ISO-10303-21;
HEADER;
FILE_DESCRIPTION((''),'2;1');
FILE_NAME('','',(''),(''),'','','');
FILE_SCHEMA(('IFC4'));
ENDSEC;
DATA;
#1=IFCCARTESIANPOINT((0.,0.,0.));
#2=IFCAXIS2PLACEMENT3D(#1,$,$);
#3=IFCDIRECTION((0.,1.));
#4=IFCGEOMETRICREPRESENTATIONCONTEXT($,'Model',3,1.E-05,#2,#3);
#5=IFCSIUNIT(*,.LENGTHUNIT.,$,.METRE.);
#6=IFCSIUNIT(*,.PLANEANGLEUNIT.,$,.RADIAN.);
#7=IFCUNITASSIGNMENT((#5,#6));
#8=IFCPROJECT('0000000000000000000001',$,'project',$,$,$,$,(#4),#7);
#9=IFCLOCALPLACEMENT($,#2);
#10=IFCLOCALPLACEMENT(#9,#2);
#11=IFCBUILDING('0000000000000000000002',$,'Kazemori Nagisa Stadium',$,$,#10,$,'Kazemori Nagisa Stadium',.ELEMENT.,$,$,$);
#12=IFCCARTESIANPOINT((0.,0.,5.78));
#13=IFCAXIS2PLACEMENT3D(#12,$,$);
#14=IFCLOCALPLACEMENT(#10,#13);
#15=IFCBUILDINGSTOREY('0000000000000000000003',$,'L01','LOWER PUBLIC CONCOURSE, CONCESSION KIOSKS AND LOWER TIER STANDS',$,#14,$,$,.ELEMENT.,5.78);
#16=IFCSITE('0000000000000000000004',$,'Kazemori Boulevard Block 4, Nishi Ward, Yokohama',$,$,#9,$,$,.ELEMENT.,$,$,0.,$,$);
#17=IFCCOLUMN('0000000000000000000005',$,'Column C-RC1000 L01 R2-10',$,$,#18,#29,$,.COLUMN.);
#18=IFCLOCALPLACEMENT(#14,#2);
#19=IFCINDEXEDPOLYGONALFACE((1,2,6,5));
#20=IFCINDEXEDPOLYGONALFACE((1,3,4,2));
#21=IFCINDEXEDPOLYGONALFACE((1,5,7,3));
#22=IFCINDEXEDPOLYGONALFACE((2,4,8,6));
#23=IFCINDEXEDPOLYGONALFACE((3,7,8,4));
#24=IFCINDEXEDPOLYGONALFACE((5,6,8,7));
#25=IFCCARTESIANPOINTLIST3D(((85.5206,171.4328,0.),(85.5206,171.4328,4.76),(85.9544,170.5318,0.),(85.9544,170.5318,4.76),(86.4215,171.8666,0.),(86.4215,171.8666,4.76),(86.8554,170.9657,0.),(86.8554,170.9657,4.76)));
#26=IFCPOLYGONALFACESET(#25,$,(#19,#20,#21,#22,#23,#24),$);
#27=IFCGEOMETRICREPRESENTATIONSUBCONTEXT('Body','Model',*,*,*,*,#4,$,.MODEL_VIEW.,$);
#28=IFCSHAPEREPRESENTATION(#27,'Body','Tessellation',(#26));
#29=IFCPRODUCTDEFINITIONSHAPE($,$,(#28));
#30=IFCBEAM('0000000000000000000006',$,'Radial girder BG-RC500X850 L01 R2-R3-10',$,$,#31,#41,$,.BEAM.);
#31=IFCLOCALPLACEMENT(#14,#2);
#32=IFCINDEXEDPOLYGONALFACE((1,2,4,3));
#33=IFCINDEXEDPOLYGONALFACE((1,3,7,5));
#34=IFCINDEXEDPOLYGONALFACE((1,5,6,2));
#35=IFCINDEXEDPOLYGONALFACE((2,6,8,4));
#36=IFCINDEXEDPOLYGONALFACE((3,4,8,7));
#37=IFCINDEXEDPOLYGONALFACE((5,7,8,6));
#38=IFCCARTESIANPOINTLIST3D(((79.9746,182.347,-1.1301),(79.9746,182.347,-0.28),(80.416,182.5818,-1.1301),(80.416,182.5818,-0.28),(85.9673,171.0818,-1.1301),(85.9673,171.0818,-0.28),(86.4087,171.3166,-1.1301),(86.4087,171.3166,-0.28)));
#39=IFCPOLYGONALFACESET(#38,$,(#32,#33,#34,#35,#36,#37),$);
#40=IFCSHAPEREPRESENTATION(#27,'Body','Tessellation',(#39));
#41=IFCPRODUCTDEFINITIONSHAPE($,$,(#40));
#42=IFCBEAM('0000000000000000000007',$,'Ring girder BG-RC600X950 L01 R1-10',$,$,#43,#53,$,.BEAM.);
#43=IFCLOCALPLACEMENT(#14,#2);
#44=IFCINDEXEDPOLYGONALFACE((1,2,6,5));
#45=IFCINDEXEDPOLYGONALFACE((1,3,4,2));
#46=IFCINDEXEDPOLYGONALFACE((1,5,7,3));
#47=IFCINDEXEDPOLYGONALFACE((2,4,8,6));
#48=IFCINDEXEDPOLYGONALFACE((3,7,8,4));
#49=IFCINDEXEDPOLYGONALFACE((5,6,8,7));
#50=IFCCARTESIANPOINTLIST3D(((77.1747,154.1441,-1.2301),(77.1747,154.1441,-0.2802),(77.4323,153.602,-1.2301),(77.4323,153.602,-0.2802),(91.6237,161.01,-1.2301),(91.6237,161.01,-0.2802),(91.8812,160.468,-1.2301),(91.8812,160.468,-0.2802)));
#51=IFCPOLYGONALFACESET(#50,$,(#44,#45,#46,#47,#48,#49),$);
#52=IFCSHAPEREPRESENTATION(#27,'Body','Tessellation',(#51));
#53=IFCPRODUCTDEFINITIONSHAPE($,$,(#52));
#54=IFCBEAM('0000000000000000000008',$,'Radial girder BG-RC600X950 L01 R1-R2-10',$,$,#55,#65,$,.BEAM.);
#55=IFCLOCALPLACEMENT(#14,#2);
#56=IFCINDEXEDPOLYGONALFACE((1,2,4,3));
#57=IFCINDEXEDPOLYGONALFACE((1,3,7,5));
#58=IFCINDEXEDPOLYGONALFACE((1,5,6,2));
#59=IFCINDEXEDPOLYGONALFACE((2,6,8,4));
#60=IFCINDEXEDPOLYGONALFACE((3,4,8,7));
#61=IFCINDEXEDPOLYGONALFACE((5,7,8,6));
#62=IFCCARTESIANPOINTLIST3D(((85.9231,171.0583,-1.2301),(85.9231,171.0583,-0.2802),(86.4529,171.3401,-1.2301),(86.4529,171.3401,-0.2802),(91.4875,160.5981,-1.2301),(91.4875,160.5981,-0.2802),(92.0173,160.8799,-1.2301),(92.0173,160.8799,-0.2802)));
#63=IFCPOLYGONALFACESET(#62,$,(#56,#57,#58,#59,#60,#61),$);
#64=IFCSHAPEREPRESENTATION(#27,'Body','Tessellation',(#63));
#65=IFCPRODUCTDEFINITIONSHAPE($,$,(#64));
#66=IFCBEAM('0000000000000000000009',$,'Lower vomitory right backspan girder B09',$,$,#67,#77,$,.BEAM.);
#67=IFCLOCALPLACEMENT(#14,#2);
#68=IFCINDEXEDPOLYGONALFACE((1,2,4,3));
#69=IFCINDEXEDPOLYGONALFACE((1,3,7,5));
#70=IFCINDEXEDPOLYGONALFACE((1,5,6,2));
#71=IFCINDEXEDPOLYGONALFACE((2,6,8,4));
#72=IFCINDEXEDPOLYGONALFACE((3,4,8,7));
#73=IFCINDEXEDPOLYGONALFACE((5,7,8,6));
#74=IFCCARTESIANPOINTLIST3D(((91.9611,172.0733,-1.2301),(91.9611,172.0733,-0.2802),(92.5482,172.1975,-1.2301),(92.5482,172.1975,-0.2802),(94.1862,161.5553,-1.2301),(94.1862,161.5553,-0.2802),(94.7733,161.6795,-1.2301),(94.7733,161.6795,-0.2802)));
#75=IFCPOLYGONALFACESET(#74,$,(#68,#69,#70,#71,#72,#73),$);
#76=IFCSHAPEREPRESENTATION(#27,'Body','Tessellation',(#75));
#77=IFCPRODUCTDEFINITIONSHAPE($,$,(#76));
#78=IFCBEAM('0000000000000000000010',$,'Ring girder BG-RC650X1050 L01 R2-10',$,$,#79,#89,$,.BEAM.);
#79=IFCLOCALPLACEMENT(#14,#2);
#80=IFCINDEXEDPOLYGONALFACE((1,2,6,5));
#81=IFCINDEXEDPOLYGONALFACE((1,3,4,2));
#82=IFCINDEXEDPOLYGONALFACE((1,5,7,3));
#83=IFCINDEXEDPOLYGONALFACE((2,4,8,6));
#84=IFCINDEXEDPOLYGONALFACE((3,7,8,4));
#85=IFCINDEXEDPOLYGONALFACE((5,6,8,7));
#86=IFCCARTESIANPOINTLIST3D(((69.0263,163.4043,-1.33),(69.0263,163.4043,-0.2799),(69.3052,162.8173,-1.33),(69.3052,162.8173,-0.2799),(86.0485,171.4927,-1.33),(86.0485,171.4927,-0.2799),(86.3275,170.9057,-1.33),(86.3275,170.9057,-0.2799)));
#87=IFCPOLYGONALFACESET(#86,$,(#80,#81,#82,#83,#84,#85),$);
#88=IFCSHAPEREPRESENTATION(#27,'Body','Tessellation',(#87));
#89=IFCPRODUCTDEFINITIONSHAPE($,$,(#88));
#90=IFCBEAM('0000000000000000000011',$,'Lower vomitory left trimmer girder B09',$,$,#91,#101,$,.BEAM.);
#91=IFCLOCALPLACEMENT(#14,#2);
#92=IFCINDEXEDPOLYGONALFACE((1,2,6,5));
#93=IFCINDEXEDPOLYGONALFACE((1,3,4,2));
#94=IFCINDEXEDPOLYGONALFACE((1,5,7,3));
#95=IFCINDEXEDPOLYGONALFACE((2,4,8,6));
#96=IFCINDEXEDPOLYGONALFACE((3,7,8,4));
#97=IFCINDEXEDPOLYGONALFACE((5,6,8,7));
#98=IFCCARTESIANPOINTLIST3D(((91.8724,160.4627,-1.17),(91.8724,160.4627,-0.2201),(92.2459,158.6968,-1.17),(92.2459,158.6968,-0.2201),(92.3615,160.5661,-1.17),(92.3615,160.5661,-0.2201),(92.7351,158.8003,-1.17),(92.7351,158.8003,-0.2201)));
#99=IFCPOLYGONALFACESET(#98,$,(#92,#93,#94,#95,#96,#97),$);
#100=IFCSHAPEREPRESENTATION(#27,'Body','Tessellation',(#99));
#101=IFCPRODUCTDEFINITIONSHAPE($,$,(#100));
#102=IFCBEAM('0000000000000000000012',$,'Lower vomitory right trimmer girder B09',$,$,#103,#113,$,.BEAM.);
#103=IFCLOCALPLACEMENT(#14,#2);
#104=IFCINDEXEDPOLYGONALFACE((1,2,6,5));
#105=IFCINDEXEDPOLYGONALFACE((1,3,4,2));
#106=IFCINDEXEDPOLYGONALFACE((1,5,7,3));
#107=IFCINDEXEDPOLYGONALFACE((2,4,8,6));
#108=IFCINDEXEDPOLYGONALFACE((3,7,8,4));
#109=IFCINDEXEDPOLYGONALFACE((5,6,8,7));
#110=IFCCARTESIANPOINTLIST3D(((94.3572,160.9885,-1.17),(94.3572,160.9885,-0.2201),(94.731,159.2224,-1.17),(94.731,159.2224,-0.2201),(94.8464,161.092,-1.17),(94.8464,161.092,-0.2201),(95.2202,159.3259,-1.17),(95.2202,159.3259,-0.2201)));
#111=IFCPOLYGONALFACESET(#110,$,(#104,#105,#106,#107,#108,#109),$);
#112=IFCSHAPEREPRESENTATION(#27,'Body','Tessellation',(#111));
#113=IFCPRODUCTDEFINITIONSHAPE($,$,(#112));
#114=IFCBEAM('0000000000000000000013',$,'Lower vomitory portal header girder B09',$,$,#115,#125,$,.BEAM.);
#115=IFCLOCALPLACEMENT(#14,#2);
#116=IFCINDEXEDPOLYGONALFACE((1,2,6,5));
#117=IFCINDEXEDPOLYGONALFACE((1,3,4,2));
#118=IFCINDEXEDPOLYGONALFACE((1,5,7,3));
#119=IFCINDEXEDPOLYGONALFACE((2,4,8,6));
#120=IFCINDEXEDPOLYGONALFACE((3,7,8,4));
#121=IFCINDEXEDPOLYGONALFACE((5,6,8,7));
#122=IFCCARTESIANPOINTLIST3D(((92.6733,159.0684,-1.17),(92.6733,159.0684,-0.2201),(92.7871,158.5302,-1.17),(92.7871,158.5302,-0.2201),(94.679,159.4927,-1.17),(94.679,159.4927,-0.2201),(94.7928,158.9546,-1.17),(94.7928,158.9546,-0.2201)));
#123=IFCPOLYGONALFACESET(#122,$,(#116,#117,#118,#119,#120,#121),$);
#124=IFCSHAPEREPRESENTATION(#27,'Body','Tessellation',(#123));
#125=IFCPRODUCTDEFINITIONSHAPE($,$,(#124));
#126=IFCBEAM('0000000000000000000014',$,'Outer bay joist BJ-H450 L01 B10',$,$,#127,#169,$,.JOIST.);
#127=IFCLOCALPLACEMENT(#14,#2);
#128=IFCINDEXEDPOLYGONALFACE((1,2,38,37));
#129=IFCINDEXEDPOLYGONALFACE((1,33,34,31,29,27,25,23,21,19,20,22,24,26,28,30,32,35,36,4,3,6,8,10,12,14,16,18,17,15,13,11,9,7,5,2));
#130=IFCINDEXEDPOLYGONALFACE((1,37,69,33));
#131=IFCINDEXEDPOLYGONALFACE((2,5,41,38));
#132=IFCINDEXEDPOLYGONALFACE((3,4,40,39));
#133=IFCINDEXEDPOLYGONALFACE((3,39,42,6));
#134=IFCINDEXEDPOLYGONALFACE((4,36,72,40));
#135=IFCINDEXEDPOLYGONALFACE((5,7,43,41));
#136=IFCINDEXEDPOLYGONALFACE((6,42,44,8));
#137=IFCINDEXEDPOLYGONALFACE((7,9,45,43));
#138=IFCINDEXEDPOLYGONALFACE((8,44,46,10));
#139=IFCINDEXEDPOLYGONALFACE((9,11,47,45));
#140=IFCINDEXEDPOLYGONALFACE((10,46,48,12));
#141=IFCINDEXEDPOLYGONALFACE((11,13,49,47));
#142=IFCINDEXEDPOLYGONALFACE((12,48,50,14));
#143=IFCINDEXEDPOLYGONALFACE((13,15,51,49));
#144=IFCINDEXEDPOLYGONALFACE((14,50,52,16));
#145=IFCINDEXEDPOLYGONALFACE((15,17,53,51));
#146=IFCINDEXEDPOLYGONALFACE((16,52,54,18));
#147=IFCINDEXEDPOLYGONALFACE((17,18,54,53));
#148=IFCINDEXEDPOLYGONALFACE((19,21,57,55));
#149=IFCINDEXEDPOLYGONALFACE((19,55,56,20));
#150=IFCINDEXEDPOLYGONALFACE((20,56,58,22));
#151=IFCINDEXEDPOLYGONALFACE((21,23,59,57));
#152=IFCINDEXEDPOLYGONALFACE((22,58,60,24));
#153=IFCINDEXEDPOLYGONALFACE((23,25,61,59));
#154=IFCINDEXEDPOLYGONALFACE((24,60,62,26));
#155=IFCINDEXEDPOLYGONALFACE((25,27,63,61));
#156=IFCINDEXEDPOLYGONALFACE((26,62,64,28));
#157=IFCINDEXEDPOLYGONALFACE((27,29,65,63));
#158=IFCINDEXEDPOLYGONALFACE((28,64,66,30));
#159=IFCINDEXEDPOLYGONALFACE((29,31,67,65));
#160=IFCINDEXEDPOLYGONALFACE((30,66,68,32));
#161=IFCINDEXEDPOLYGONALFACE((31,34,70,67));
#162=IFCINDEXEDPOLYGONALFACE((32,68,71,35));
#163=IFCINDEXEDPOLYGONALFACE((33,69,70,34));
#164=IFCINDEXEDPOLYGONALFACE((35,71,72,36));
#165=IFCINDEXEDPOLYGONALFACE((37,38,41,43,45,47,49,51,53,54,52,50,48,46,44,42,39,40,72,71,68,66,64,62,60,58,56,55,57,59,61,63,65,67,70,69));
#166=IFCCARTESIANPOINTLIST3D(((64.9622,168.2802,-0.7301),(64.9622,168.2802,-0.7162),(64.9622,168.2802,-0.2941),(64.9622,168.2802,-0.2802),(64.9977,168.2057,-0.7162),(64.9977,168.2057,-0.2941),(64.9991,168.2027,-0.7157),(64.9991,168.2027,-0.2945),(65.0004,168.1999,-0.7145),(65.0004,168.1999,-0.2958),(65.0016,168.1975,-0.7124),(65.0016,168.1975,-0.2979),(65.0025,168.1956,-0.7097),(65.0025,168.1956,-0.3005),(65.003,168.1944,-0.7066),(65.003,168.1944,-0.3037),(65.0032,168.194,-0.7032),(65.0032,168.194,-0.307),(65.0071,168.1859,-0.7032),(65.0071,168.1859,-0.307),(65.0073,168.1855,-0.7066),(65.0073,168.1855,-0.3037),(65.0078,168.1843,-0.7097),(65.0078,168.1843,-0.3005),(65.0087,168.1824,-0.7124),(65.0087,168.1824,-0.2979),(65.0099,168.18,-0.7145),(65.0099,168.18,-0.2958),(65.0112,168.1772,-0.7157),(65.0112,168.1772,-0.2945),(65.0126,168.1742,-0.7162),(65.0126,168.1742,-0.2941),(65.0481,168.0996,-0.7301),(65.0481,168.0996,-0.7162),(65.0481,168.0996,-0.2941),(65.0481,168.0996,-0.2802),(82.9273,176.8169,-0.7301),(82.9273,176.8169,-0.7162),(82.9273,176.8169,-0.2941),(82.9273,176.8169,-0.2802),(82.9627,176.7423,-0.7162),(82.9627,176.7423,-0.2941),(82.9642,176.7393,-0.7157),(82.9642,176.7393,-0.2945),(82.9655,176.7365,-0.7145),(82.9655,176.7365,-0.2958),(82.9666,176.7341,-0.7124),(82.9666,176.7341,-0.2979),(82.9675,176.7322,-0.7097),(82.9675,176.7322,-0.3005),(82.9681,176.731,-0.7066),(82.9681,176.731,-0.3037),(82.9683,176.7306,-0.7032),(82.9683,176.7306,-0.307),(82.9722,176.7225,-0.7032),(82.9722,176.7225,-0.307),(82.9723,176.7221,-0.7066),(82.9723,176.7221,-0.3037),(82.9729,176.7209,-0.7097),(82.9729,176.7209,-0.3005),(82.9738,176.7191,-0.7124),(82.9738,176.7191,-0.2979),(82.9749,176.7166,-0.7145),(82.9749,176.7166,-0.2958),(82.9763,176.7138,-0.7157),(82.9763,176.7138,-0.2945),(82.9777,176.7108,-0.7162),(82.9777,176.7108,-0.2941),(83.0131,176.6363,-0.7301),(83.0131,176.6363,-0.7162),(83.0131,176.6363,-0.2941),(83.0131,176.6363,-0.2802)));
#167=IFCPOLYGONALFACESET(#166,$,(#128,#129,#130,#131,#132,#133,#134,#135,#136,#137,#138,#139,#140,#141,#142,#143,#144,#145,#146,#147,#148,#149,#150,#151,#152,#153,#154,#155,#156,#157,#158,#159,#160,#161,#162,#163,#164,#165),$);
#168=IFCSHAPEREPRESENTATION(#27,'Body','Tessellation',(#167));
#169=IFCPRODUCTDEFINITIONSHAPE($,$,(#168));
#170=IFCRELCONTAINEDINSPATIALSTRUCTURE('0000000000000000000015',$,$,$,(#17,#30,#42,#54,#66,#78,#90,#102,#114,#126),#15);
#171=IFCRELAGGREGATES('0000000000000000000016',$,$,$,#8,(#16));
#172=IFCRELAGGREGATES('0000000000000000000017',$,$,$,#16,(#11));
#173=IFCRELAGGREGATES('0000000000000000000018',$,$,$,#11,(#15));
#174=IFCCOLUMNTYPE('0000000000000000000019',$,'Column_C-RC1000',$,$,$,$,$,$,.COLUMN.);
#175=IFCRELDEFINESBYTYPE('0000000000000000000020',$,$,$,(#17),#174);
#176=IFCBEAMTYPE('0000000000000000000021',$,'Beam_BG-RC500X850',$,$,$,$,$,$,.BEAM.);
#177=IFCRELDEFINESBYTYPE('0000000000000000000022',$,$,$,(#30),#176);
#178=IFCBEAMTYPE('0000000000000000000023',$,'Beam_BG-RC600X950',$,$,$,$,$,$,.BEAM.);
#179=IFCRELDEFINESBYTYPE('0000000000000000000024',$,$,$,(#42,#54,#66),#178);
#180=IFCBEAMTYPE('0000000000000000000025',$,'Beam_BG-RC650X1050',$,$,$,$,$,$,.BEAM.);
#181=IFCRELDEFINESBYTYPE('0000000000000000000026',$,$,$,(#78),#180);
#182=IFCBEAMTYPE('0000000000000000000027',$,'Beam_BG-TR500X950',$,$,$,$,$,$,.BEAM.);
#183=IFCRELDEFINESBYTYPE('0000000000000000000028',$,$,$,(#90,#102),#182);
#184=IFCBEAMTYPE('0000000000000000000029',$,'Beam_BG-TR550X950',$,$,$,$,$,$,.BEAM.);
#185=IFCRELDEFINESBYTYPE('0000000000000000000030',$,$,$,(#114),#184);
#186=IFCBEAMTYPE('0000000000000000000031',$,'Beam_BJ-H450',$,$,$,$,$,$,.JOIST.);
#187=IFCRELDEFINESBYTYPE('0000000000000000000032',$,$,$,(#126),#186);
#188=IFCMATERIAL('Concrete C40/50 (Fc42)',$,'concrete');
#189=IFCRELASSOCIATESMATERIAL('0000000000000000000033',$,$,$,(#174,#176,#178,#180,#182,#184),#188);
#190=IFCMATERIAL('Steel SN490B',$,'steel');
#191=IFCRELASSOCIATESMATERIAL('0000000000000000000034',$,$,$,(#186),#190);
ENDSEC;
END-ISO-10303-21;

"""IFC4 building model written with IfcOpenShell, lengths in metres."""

from ifc_helpers import new_model, si_unit, direction, frame, origin, origin_2d, place, context, subcontext, project, spatial, rectangle, i_section, extrude, material, material_profile, profile_set, type_object, element, save


model = new_model("IFC4")

# Units and contexts
model_context = context("Model", 3, precision=1e-05, world=origin(), true_north=direction((0.0, 1.0)))
body_context = subcontext(model_context, "Body", "Model", "MODEL_VIEW")
ifc_project = project(units=[si_unit("LENGTHUNIT", "METRE"), si_unit("PLANEANGLEUNIT", "RADIAN")], contexts=[model_context])

# Site, building, storey
site_placement = place(None, origin())
site = spatial("IfcSite", under=ifc_project, at=site_placement, Name="Kazemori Boulevard Block 4, Nishi Ward, Yokohama", CompositionType="ELEMENT", RefElevation=0.0)
building_placement = place(site_placement, origin())
building = spatial("IfcBuilding", under=site, at=building_placement, Name="Kazemori Nagisa Stadium", LongName="Kazemori Nagisa Stadium", CompositionType="ELEMENT")
storey_placement = place(building_placement, frame((0.0, 0.0, 5.78)))
storey = spatial("IfcBuildingStorey", under=building, at=storey_placement, Name="L01", Description="LOWER PUBLIC CONCOURSE, CONCESSION KIOSKS AND LOWER TIER STANDS", CompositionType="ELEMENT", Elevation=5.78)

# Column
ifc_material_1 = material(Name="Concrete C40/50 (Fc42)", Category="concrete")
ifc_material_profile_1 = material_profile(ifc_material_1, rectangle(XDim=1.0, YDim=1.0, at=origin_2d()), Name="RC-COL-1000x1000")
ifc_profile_set_1 = profile_set([ifc_material_profile_1], Name="Concrete C40/50 (Fc42)")
column_type_1 = type_object("IfcColumnType", Name="Column_C-RC1000", PredefinedType="COLUMN", material=ifc_profile_set_1)
column_1_placement = place(storey_placement, frame((86.188, 171.1992, 0.0), z_axis=(0.0, 0.0, 1.0), x_axis=(-0.433884, 0.900969, 0.0)))
element("IfcColumn", 1, at=column_1_placement, inside=storey, type_object=column_type_1, Name="Column C-RC1000 L01 R2-10", PredefinedType="COLUMN", context=body_context, shape_type="SweptSolid", body=[
    extrude(rectangle(XDim=1.0, YDim=1.0, at=origin_2d()), origin(), (0.0, 0.0, 1.0), 4.76),
])

# Beams
ifc_material_profile_2 = material_profile(ifc_material_1, rectangle(XDim=0.5, YDim=0.8501, at=origin_2d()), Name="RC-BM-500x850")
ifc_profile_set_2 = profile_set([ifc_material_profile_2], Name="Concrete C40/50 (Fc42)")
beam_type_1 = type_object("IfcBeamType", Name="Beam_BG-RC500X850", PredefinedType="BEAM", material=ifc_profile_set_2)
beam_1_placement = place(storey_placement, frame((86.188, 171.1992, -0.7051), z_axis=(-0.469649, 0.882853, 0.0), x_axis=(-0.882853, -0.469649, 0.0)))
element("IfcBeam", 2, at=beam_1_placement, inside=storey, type_object=beam_type_1, Name="Radial girder BG-RC500X850 L01 R2-R3-10", PredefinedType="BEAM", context=body_context, shape_type="SweptSolid", body=[
    extrude(rectangle(XDim=0.5, YDim=0.8501, at=origin_2d()), origin(), (0.0, 0.0, 1.0), 12.76),
])
ifc_material_profile_3 = material_profile(ifc_material_1, rectangle(XDim=0.6001, YDim=0.95, at=origin_2d()), Name="RC-BM-600x950")
ifc_profile_set_3 = profile_set([ifc_material_profile_3], Name="Concrete C40/50 (Fc42)")
beam_type_2 = type_object("IfcBeamType", Name="Beam_BG-RC600X950", PredefinedType="BEAM", material=ifc_profile_set_3)
beam_2_placement = place(storey_placement, frame((91.7524, 160.739, -0.7551), z_axis=(-0.903212, -0.429195, 0.0), x_axis=(0.429195, -0.903212, 0.0)))
element("IfcBeam", 3, at=beam_2_placement, inside=storey, type_object=beam_type_2, Name="Ring girder BG-RC600X950 L01 R1-10", PredefinedType="BEAM", context=body_context, shape_type="SweptSolid", body=[
    extrude(rectangle(XDim=0.6001, YDim=0.95, at=origin_2d()), origin(), (0.0, 0.0, 1.0), 15.9973),
])
beam_3_placement = place(storey_placement, frame((91.7524, 160.739, -0.7551), z_axis=(-0.469647, 0.882854, 0.0), x_axis=(-0.882854, -0.469647, 0.0)))
element("IfcBeam", 4, at=beam_3_placement, inside=storey, type_object=beam_type_2, Name="Radial girder BG-RC600X950 L01 R1-R2-10", PredefinedType="BEAM", context=body_context, shape_type="SweptSolid", body=[
    extrude(rectangle(XDim=0.6001, YDim=0.95, at=origin_2d()), origin(), (0.0, 0.0, 1.0), 11.8481),
])
beam_4_placement = place(storey_placement, frame((94.4797, 161.6174, -0.7551), z_axis=(-0.206974, 0.978346, 0.0), x_axis=(-0.978346, -0.206974, 0.0)))
element("IfcBeam", 5, at=beam_4_placement, inside=storey, type_object=beam_type_2, Name="Lower vomitory right backspan girder B09", PredefinedType="BEAM", context=body_context, shape_type="SweptSolid", body=[
    extrude(rectangle(XDim=0.6001, YDim=0.95, at=origin_2d()), origin(), (0.0, 0.0, 1.0), 10.7507),
])
ifc_material_profile_4 = material_profile(ifc_material_1, rectangle(XDim=0.6499, YDim=1.05, at=origin_2d()), Name="RC-BM-650x1050")
ifc_profile_set_4 = profile_set([ifc_material_profile_4], Name="Concrete C40/50 (Fc42)")
beam_type_3 = type_object("IfcBeamType", Name="Beam_BG-RC650X1050", PredefinedType="BEAM", material=ifc_profile_set_4)
beam_5_placement = place(storey_placement, frame((86.188, 171.1992, -0.8049), z_axis=(-0.903219, -0.429179, 0.0), x_axis=(0.429179, -0.903219, 0.0)))
element("IfcBeam", 6, at=beam_5_placement, inside=storey, type_object=beam_type_3, Name="Ring girder BG-RC650X1050 L01 R2-10", PredefinedType="BEAM", context=body_context, shape_type="SweptSolid", body=[
    extrude(rectangle(XDim=0.6499, YDim=1.05, at=origin_2d()), origin(), (0.0, 0.0, 1.0), 18.8462),
])
ifc_material_profile_5 = material_profile(ifc_material_1, rectangle(XDim=0.5, YDim=0.95, at=origin_2d()), Name="RC-BM-500x950")
ifc_profile_set_5 = profile_set([ifc_material_profile_5], Name="Concrete C40/50 (Fc42)")
beam_type_4 = type_object("IfcBeamType", Name="Beam_BG-TR500X950", PredefinedType="BEAM", material=ifc_profile_set_5)
beam_6_placement = place(storey_placement, frame((92.4905, 158.7485, -0.6951), z_axis=(-0.206951, 0.978351, 0.0), x_axis=(-0.978351, -0.206951, 0.0)))
element("IfcBeam", 7, at=beam_6_placement, inside=storey, type_object=beam_type_4, Name="Lower vomitory left trimmer girder B09", PredefinedType="BEAM", context=body_context, shape_type="SweptSolid", body=[
    extrude(rectangle(XDim=0.5, YDim=0.95, at=origin_2d()), origin(), (0.0, 0.0, 1.0), 1.8049),
])
beam_7_placement = place(storey_placement, frame((94.9756, 159.2742, -0.6951), z_axis=(-0.207053, 0.97833, 0.0), x_axis=(-0.97833, -0.207053, 0.0)))
element("IfcBeam", 8, at=beam_7_placement, inside=storey, type_object=beam_type_4, Name="Lower vomitory right trimmer girder B09", PredefinedType="BEAM", context=body_context, shape_type="SweptSolid", body=[
    extrude(rectangle(XDim=0.5, YDim=0.95, at=origin_2d()), origin(), (0.0, 0.0, 1.0), 1.8052),
])
ifc_material_profile_6 = material_profile(ifc_material_1, rectangle(XDim=0.55, YDim=0.95, at=origin_2d()), Name="RC-BM-550x950")
ifc_profile_set_6 = profile_set([ifc_material_profile_6], Name="Concrete C40/50 (Fc42)")
beam_type_5 = type_object("IfcBeamType", Name="Beam_BG-TR550X950", PredefinedType="BEAM", material=ifc_profile_set_6)
beam_8_placement = place(storey_placement, frame((92.7302, 158.7993, -0.6951), z_axis=(0.978345, 0.206983, 0.0), x_axis=(-0.206983, 0.978345, 0.0)))
element("IfcBeam", 9, at=beam_8_placement, inside=storey, type_object=beam_type_5, Name="Lower vomitory portal header girder B09", PredefinedType="BEAM", context=body_context, shape_type="SweptSolid", body=[
    extrude(rectangle(XDim=0.55, YDim=0.95, at=origin_2d()), origin(), (0.0, 0.0, 1.0), 2.05),
])
ifc_material_2 = material(Name="Steel SN490B", Category="steel")
ifc_material_profile_7 = material_profile(ifc_material_2, i_section(OverallWidth=0.2, OverallDepth=0.45, WebThickness=0.009, FlangeThickness=0.0139, FilletRadius=0.0129, at=origin_2d()), Name="H-450x200x9x14")
ifc_profile_set_7 = profile_set([ifc_material_profile_7], Name="Steel SN490B")
beam_type_6 = type_object("IfcBeamType", Name="Beam_BJ-H450", PredefinedType="JOIST", material=ifc_profile_set_7)
beam_9_placement = place(storey_placement, frame((82.9702, 176.7266, -0.5051), z_axis=(-0.903215, -0.429188, 0.0), x_axis=(0.429188, -0.903215, 0.0)))
element("IfcBeam", 10, at=beam_9_placement, inside=storey, type_object=beam_type_6, Name="Outer bay joist BJ-H450 L01 B10", PredefinedType="JOIST", context=body_context, shape_type="SweptSolid", body=[
    extrude(i_section(OverallWidth=0.2, OverallDepth=0.45, WebThickness=0.009, FlangeThickness=0.0139, FilletRadius=0.0129, at=origin_2d()), origin(), (0.0, 0.0, 1.0), 19.8901),
])

save(model, "model.ifc")
